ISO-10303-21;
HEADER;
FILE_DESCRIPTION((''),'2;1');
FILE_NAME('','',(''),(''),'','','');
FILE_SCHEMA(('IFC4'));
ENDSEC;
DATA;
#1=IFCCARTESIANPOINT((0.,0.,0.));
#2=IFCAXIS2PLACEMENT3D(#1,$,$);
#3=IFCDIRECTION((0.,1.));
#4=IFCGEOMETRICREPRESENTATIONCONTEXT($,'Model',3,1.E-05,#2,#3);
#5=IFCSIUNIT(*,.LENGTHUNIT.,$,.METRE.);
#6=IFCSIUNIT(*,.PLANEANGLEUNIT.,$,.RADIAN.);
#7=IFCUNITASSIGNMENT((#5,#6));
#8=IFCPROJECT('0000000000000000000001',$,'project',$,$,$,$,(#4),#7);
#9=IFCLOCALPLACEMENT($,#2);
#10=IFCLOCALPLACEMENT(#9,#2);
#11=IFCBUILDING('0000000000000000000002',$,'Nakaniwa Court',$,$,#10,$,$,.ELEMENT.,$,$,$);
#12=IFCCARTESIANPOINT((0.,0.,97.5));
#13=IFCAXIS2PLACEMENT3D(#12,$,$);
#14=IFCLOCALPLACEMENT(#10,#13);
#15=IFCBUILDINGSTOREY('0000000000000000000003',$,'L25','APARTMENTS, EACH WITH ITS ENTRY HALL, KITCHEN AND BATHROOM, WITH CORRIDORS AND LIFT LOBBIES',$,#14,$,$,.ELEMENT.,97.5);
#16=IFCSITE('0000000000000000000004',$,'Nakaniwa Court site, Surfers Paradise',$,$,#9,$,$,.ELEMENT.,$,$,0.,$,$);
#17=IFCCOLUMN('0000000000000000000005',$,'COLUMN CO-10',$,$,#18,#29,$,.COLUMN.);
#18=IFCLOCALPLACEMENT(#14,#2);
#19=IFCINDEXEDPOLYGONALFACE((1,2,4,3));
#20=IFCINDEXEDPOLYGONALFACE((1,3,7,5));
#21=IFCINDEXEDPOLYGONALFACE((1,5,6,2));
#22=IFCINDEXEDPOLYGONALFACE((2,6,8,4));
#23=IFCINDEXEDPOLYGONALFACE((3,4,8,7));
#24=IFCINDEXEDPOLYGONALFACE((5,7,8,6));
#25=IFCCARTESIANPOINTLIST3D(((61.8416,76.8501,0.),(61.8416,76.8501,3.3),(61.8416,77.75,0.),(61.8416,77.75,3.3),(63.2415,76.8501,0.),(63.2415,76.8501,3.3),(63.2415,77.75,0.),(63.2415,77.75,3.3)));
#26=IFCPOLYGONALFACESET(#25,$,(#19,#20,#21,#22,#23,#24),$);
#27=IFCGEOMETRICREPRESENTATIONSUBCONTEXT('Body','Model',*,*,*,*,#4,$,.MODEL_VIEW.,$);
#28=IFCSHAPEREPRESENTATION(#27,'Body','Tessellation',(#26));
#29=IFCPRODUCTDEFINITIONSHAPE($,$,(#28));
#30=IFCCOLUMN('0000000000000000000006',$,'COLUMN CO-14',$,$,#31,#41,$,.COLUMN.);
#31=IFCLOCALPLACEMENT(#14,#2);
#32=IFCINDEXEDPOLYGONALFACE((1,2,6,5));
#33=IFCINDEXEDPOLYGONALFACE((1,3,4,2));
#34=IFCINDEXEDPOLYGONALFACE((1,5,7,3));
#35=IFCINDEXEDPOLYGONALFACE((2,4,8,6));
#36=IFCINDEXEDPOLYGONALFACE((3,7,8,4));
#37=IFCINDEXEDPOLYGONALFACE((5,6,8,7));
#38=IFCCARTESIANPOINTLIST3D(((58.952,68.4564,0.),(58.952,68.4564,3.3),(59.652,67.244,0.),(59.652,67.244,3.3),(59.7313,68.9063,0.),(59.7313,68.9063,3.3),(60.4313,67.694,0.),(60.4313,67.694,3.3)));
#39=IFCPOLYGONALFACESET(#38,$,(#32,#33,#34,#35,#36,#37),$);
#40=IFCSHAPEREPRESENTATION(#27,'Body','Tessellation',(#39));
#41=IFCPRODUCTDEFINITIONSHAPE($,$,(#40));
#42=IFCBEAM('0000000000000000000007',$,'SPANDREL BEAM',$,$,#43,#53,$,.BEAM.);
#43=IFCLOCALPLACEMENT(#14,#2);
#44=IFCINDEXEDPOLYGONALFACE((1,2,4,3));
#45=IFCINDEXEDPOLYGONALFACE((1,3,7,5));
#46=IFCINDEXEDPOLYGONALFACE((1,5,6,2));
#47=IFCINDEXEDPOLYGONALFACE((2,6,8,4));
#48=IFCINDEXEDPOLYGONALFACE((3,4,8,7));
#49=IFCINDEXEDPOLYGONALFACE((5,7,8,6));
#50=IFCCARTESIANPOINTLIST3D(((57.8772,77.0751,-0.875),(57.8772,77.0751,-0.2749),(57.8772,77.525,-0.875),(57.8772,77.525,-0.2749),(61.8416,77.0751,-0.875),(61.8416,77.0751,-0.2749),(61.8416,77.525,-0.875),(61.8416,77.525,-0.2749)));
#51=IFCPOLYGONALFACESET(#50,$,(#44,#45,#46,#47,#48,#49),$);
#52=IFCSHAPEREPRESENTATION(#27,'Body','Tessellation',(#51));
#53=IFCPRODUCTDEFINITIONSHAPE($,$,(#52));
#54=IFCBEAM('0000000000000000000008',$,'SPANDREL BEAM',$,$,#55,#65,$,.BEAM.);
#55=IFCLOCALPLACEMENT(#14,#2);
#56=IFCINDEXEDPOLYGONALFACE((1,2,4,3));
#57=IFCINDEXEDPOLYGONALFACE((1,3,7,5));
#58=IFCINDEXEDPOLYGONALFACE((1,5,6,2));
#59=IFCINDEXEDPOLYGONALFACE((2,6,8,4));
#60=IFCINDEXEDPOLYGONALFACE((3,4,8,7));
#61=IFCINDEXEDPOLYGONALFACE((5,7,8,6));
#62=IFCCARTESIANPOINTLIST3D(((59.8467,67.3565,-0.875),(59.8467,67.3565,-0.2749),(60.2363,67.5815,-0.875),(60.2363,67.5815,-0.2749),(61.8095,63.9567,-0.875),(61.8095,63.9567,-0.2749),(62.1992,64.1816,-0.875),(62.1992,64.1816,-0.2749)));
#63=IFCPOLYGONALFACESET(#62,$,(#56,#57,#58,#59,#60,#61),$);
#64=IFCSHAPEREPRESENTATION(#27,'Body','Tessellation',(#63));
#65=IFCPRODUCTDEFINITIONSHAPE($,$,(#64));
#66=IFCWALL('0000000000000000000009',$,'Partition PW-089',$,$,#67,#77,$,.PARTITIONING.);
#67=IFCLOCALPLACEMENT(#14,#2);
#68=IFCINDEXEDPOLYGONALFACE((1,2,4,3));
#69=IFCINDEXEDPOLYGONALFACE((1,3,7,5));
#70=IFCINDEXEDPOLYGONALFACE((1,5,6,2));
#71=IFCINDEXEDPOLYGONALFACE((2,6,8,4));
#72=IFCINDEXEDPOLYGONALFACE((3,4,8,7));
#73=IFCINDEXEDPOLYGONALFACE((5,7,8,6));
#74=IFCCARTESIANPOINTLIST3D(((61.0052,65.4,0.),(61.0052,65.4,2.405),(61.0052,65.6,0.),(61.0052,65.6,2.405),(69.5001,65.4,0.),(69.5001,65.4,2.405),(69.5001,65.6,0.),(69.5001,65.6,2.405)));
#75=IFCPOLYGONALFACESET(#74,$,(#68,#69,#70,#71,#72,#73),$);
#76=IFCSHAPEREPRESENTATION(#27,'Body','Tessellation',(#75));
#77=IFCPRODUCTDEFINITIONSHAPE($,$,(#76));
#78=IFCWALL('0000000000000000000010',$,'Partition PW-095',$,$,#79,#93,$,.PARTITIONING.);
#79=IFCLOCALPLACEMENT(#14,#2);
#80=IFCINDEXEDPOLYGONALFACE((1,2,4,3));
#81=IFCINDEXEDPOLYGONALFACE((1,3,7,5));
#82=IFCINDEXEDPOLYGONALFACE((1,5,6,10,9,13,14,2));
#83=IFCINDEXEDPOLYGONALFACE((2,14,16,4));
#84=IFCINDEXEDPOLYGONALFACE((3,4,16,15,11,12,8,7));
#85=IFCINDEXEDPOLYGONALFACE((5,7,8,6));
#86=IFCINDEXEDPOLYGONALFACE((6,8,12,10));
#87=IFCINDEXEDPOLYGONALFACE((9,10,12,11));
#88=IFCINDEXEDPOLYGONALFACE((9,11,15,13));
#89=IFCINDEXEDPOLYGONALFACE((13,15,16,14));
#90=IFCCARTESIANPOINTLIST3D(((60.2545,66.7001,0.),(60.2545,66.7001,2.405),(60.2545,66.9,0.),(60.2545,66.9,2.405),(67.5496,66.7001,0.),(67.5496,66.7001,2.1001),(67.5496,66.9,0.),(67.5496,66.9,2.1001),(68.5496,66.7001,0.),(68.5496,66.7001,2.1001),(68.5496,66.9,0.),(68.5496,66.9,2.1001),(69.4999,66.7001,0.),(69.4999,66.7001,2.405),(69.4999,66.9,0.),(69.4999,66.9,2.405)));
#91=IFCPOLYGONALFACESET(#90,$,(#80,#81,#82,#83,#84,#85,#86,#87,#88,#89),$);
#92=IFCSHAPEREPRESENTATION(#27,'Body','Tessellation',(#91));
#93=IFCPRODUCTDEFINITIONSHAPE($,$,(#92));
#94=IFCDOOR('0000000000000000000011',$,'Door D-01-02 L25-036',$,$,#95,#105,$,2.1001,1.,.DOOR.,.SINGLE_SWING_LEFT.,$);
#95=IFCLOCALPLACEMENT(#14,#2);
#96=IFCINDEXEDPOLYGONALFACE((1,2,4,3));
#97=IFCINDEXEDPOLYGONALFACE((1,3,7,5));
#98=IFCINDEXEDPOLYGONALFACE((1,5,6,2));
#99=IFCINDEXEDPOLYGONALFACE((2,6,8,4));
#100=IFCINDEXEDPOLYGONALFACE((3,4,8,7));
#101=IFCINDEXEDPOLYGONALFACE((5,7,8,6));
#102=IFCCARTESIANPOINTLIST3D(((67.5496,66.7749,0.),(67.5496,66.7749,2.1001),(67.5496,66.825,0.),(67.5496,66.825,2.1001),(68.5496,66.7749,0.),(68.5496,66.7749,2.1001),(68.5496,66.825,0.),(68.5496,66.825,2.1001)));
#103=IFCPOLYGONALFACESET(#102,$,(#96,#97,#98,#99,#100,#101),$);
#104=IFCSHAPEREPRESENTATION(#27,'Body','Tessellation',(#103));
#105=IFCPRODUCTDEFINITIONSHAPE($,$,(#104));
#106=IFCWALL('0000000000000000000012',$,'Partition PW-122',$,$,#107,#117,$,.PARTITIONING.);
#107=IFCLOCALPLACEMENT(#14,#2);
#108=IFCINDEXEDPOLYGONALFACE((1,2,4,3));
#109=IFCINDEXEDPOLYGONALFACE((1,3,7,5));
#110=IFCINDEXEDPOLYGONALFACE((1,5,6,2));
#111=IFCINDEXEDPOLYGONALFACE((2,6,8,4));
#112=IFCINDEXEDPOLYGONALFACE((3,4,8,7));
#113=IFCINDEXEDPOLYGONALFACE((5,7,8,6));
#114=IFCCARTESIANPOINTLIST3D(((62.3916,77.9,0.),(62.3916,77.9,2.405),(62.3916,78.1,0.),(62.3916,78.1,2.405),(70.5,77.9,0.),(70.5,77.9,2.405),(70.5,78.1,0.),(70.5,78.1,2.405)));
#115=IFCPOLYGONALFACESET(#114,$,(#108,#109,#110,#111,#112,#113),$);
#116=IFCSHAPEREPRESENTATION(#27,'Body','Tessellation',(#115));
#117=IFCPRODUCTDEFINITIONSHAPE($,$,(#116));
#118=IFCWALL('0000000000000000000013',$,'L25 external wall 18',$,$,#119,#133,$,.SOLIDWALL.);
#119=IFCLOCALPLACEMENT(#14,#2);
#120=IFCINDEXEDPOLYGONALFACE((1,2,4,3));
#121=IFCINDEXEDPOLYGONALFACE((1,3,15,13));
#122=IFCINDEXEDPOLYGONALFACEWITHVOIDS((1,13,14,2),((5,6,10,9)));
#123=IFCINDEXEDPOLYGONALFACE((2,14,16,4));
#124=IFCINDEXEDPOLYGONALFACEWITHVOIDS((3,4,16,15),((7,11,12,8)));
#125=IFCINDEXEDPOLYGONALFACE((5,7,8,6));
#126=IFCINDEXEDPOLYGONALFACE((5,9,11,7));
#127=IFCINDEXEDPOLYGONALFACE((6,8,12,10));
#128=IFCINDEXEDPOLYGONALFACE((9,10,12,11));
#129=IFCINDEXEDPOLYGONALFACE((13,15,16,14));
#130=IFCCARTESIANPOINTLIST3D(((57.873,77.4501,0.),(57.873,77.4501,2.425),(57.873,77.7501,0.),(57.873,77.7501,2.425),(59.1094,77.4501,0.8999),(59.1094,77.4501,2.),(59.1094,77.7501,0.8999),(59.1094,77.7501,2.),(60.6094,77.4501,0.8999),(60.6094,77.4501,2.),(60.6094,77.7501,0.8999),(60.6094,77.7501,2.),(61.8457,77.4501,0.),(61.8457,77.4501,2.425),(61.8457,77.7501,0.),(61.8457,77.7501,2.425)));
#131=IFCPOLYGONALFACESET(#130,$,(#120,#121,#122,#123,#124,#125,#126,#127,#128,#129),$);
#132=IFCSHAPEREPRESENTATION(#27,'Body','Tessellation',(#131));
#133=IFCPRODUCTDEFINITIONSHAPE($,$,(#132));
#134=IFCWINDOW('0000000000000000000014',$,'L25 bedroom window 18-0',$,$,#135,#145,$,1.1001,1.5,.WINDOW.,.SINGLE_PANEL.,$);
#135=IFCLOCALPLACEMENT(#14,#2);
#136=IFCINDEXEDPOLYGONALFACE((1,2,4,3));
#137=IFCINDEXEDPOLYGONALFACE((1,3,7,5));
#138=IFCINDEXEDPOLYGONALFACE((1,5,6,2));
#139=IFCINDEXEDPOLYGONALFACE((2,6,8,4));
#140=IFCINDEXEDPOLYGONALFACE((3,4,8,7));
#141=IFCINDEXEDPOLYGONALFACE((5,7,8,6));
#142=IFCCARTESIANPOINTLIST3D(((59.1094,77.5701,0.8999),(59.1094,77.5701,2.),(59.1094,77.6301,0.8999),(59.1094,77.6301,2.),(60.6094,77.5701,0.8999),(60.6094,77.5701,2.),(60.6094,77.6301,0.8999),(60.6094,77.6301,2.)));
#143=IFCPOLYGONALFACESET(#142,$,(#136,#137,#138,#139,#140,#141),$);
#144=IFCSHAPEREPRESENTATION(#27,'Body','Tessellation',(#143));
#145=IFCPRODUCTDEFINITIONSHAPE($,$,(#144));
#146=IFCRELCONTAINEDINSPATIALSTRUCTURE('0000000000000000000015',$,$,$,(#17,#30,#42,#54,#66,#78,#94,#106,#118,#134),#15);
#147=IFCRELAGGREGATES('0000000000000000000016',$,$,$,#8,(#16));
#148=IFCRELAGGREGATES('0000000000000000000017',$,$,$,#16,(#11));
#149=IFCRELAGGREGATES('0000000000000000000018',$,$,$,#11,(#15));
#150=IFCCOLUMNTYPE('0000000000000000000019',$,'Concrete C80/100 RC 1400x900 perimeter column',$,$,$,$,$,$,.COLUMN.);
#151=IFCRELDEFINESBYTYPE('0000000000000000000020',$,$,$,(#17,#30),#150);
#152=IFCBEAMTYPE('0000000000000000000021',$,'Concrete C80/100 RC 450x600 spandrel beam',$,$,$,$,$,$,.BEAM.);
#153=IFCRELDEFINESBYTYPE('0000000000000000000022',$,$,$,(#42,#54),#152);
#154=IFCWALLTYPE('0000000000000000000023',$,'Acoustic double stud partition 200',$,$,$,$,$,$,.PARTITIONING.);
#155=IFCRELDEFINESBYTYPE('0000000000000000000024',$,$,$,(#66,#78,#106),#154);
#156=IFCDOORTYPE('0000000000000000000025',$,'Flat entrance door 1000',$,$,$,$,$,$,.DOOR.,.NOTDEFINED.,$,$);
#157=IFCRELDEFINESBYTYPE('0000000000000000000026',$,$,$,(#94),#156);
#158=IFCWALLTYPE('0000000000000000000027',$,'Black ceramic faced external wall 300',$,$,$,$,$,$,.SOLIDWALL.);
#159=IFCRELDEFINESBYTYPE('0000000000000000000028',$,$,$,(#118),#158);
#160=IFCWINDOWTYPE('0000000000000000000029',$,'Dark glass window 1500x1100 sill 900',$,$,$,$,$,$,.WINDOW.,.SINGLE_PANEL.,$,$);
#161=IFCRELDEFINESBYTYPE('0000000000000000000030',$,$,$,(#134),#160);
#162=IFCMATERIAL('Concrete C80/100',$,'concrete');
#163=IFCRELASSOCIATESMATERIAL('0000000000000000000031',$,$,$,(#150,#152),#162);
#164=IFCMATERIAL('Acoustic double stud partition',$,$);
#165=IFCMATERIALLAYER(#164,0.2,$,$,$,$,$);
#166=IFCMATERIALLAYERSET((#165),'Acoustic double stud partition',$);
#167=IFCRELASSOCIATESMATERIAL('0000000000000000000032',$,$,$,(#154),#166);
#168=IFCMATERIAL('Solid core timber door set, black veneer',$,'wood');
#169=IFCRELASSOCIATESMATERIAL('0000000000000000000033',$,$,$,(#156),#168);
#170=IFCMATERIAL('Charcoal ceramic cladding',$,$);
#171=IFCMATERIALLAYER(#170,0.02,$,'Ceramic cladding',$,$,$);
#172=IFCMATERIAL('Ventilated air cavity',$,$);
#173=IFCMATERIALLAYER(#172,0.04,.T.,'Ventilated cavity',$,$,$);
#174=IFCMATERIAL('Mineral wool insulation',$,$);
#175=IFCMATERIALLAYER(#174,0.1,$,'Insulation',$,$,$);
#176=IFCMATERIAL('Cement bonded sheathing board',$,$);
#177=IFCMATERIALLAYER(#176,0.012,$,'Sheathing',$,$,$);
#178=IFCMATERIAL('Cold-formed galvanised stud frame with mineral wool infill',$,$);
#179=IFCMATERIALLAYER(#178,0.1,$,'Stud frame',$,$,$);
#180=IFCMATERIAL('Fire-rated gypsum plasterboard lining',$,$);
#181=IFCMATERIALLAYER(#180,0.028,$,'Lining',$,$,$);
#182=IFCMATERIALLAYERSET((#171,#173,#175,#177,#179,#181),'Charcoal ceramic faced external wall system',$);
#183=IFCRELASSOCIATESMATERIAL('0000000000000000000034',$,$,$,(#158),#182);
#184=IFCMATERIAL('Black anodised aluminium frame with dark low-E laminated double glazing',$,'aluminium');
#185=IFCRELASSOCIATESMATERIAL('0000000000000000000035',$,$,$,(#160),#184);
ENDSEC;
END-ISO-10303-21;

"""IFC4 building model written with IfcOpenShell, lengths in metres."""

from ifc_helpers import new_model, si_unit, direction, frame, frame_2d, origin, origin_2d, place, context, subcontext, project, spatial, rectangle, extrude, material, layer, layer_set, material_profile, profile_set, type_object, element, fill, save


model = new_model("IFC4")

# Units and contexts
model_context = context("Model", 3, precision=1e-05, world=origin(), true_north=direction((0.0, 1.0)))
body_context = subcontext(model_context, "Body", "Model", "MODEL_VIEW")
ifc_project = project(units=[si_unit("LENGTHUNIT", "METRE"), si_unit("PLANEANGLEUNIT", "RADIAN")], contexts=[model_context])

# Site, building, storey
site_placement = place(None, origin())
site = spatial("IfcSite", under=ifc_project, at=site_placement, Name="Nakaniwa Court site, Surfers Paradise", CompositionType="ELEMENT", RefElevation=0.0)
building_placement = place(site_placement, origin())
building = spatial("IfcBuilding", under=site, at=building_placement, Name="Nakaniwa Court", CompositionType="ELEMENT")
storey_placement = place(building_placement, frame((0.0, 0.0, 97.5)))
storey = spatial("IfcBuildingStorey", under=building, at=storey_placement, Name="L25", Description="APARTMENTS, EACH WITH ITS ENTRY HALL, KITCHEN AND BATHROOM, WITH CORRIDORS AND LIFT LOBBIES", CompositionType="ELEMENT", Elevation=97.5)

# Columns
ifc_material_1 = material(Name="Concrete C80/100", Category="concrete")
ifc_material_profile_1 = material_profile(ifc_material_1, rectangle(XDim=1.3999, YDim=0.8999, at=origin_2d()), Name="Concrete C80/100 RC 1400x900 perimeter column")
ifc_profile_set_1 = profile_set([ifc_material_profile_1], Name="Concrete C80/100")
column_type = type_object("IfcColumnType", Name="Concrete C80/100 RC 1400x900 perimeter column", PredefinedType="COLUMN", material=ifc_profile_set_1)
for number, where, z_axis, x_axis, name in (
    (1, (62.5415, 77.3, 0.0), (0.0, 0.0, 1.0), (-1.0, 0.0, 0.0), "COLUMN CO-10"),
    (2, (59.6917, 68.0752, 0.0), (0.0, 0.0, 1.0), (0.5, -0.866025, 0.0), "COLUMN CO-14"),
):
    element("IfcColumn", number, at=place(storey_placement, frame(where, z_axis=z_axis, x_axis=x_axis)), inside=storey, type_object=column_type, Name=name, PredefinedType="COLUMN", context=body_context, shape_type="SweptSolid", body=[
        extrude(rectangle(XDim=1.3999, YDim=0.8999, at=origin_2d()), origin(), (0.0, 0.0, 1.0), 3.3),
    ])

# Beams
ifc_material_profile_2 = material_profile(ifc_material_1, rectangle(XDim=0.45, YDim=0.6001, at=origin_2d()), Name="Concrete C80/100 RC 450x600 spandrel beam")
ifc_profile_set_2 = profile_set([ifc_material_profile_2], Name="Concrete C80/100")
beam_type = type_object("IfcBeamType", Name="Concrete C80/100 RC 450x600 spandrel beam", PredefinedType="BEAM", material=ifc_profile_set_2)
beam_1_placement = place(storey_placement, frame((61.8416, 77.3, -0.575), z_axis=(-1.0, 0.0, 0.0), x_axis=(0.0, -1.0, 0.0)))
element("IfcBeam", 3, at=beam_1_placement, inside=storey, type_object=beam_type, Name="SPANDREL BEAM", PredefinedType="BEAM", context=body_context, shape_type="SweptSolid", body=[
    extrude(rectangle(XDim=0.45, YDim=0.6001, at=origin_2d()), origin(), (0.0, 0.0, 1.0), 3.9644),
])
beam_2_placement = place(storey_placement, frame((60.0415, 67.469, -0.575), z_axis=(0.499992, -0.86603, 0.0), x_axis=(0.86603, 0.499992, 0.0)))
element("IfcBeam", 4, at=beam_2_placement, inside=storey, type_object=beam_type, Name="SPANDREL BEAM", PredefinedType="BEAM", context=body_context, shape_type="SweptSolid", body=[
    extrude(rectangle(XDim=0.45, YDim=0.6001, at=origin_2d()), origin(), (0.0, 0.0, 1.0), 3.9258),
])

# Wall
ifc_material_2 = material(Name="Acoustic double stud partition")
ifc_layer_1 = layer(ifc_material_2, 0.2)
ifc_layer_set_1 = layer_set([ifc_layer_1], Name="Acoustic double stud partition")
wall_type_1 = type_object("IfcWallType", Name="Acoustic double stud partition 200", PredefinedType="PARTITIONING", material=ifc_layer_set_1)
wall_1_placement = place(storey_placement, frame((61.0051, 65.5, 0.0), z_axis=(0.0, 0.0, 1.0), x_axis=(1.0, 0.0, 0.0)))
element("IfcWall", 5, at=wall_1_placement, inside=storey, type_object=wall_type_1, Name="Partition PW-089", PredefinedType="PARTITIONING", context=body_context, shape_type="SweptSolid", body=[
    extrude(rectangle(XDim=8.4949, YDim=0.2, at=frame_2d((4.2476, 0.0))), origin(), (0.0, 0.0, 1.0), 2.405),
])

# Wall, opening, door
wall_2_placement = place(storey_placement, frame((60.2546, 66.8, 0.0), z_axis=(0.0, 0.0, 1.0), x_axis=(1.0, 0.0, 0.0)))
wall_2 = element("IfcWall", 6, at=wall_2_placement, inside=storey, type_object=wall_type_1, Name="Partition PW-095", PredefinedType="PARTITIONING", context=body_context, shape_type="SweptSolid", body=[
    extrude(rectangle(XDim=9.2454, YDim=0.2, at=frame_2d((4.6226, 0.0))), origin(), (0.0, 0.0, 1.0), 2.405),
])
opening_1_placement = place(wall_2_placement, frame((7.2949, 0.0, 0.0)))
opening_1 = element("IfcOpeningElement", 7, at=opening_1_placement, cuts=wall_2, PredefinedType="OPENING", context=body_context, shape_type="SweptSolid", body=[
    extrude(rectangle(XDim=1.0, YDim=2.1001, at=frame_2d((0.5, 1.05))), frame((0.0, 0.1099, 0.0), z_axis=(0.0, -1.0, 0.0), x_axis=(1.0, 0.0, 0.0)), (0.0, 0.0, 1.0), 0.22),
])
ifc_material_3 = material(Name="Solid core timber door set, black veneer", Category="wood")
door_type_1 = type_object("IfcDoorType", Name="Flat entrance door 1000", OperationType="NOTDEFINED", PredefinedType="DOOR", material=ifc_material_3)
door_1_placement = place(opening_1_placement, origin())
door_1 = element("IfcDoor", 8, at=door_1_placement, inside=storey, type_object=door_type_1, Name="Door D-01-02 L25-036", OperationType="SINGLE_SWING_LEFT", OverallHeight=2.1001, OverallWidth=1.0, PredefinedType="DOOR", context=body_context, shape_type="SweptSolid", body=[
    extrude(rectangle(XDim=1.0, YDim=2.1001, at=frame_2d((0.5, 1.05))), frame((0.0, 0.0249, 0.0), z_axis=(0.0, -1.0, 0.0), x_axis=(1.0, 0.0, 0.0)), (0.0, 0.0, 1.0), 0.05),
])
fill(opening_1, door_1)

# Wall
wall_3_placement = place(storey_placement, frame((62.3916, 78.0, 0.0), z_axis=(0.0, 0.0, 1.0), x_axis=(1.0, 0.0, 0.0)))
element("IfcWall", 9, at=wall_3_placement, inside=storey, type_object=wall_type_1, Name="Partition PW-122", PredefinedType="PARTITIONING", context=body_context, shape_type="SweptSolid", body=[
    extrude(rectangle(XDim=8.1084, YDim=0.2, at=frame_2d((4.0542, 0.0))), origin(), (0.0, 0.0, 1.0), 2.405),
])

# Wall, opening, window
ifc_material_4 = material(Name="Charcoal ceramic cladding")
ifc_layer_2 = layer(ifc_material_4, 0.02, Name="Ceramic cladding")
ifc_material_5 = material(Name="Ventilated air cavity")
ifc_layer_3 = layer(ifc_material_5, 0.04, ventilated=True, Name="Ventilated cavity")
ifc_material_6 = material(Name="Mineral wool insulation")
ifc_layer_4 = layer(ifc_material_6, 0.1, Name="Insulation")
ifc_material_7 = material(Name="Cement bonded sheathing board")
ifc_layer_5 = layer(ifc_material_7, 0.012, Name="Sheathing")
ifc_material_8 = material(Name="Cold-formed galvanised stud frame with mineral wool infill")
ifc_layer_6 = layer(ifc_material_8, 0.1, Name="Stud frame")
ifc_material_9 = material(Name="Fire-rated gypsum plasterboard lining")
ifc_layer_7 = layer(ifc_material_9, 0.028, Name="Lining")
ifc_layer_set_2 = layer_set([ifc_layer_2, ifc_layer_3, ifc_layer_4, ifc_layer_5, ifc_layer_6, ifc_layer_7], Name="Charcoal ceramic faced external wall system")
wall_type_2 = type_object("IfcWallType", Name="Black ceramic faced external wall 300", PredefinedType="SOLIDWALL", material=ifc_layer_set_2)
wall_4_placement = place(storey_placement, frame((61.8457, 77.6001, 0.0), z_axis=(0.0, 0.0, 1.0), x_axis=(-1.0, 0.0, 0.0)))
wall_4 = element("IfcWall", 10, at=wall_4_placement, inside=storey, type_object=wall_type_2, Name="L25 external wall 18", PredefinedType="SOLIDWALL", context=body_context, shape_type="SweptSolid", body=[
    extrude(rectangle(XDim=3.9727, YDim=0.3, at=frame_2d((1.9863, 0.0))), origin(), (0.0, 0.0, 1.0), 2.425),
])
opening_2_placement = place(wall_4_placement, frame((1.2363, 0.0, 0.8999)))
opening_2 = element("IfcOpeningElement", 11, at=opening_2_placement, cuts=wall_4, PredefinedType="OPENING", context=body_context, shape_type="SweptSolid", body=[
    extrude(rectangle(XDim=1.5, YDim=1.1001, at=frame_2d((0.75, 0.55))), frame((0.0, 0.1599, 0.0), z_axis=(0.0, -1.0, 0.0), x_axis=(1.0, 0.0, 0.0)), (0.0, 0.0, 1.0), 0.3201),
])
ifc_material_10 = material(Name="Black anodised aluminium frame with dark low-E laminated double glazing", Category="aluminium")
window_type_1 = type_object("IfcWindowType", Name="Dark glass window 1500x1100 sill 900", PartitioningType="SINGLE_PANEL", PredefinedType="WINDOW", material=ifc_material_10)
window_1_placement = place(opening_2_placement, origin())
window_1 = element("IfcWindow", 12, at=window_1_placement, inside=storey, type_object=window_type_1, Name="L25 bedroom window 18-0", OverallHeight=1.1001, OverallWidth=1.5, PartitioningType="SINGLE_PANEL", PredefinedType="WINDOW", context=body_context, shape_type="SweptSolid", body=[
    extrude(rectangle(XDim=1.5, YDim=1.1001, at=frame_2d((0.75, 0.55))), frame((0.0, 0.03, 0.0), z_axis=(0.0, -1.0, 0.0), x_axis=(1.0, 0.0, 0.0)), (0.0, 0.0, 1.0), 0.0601),
])
fill(opening_2, window_1)

save(model, "model.ifc")
